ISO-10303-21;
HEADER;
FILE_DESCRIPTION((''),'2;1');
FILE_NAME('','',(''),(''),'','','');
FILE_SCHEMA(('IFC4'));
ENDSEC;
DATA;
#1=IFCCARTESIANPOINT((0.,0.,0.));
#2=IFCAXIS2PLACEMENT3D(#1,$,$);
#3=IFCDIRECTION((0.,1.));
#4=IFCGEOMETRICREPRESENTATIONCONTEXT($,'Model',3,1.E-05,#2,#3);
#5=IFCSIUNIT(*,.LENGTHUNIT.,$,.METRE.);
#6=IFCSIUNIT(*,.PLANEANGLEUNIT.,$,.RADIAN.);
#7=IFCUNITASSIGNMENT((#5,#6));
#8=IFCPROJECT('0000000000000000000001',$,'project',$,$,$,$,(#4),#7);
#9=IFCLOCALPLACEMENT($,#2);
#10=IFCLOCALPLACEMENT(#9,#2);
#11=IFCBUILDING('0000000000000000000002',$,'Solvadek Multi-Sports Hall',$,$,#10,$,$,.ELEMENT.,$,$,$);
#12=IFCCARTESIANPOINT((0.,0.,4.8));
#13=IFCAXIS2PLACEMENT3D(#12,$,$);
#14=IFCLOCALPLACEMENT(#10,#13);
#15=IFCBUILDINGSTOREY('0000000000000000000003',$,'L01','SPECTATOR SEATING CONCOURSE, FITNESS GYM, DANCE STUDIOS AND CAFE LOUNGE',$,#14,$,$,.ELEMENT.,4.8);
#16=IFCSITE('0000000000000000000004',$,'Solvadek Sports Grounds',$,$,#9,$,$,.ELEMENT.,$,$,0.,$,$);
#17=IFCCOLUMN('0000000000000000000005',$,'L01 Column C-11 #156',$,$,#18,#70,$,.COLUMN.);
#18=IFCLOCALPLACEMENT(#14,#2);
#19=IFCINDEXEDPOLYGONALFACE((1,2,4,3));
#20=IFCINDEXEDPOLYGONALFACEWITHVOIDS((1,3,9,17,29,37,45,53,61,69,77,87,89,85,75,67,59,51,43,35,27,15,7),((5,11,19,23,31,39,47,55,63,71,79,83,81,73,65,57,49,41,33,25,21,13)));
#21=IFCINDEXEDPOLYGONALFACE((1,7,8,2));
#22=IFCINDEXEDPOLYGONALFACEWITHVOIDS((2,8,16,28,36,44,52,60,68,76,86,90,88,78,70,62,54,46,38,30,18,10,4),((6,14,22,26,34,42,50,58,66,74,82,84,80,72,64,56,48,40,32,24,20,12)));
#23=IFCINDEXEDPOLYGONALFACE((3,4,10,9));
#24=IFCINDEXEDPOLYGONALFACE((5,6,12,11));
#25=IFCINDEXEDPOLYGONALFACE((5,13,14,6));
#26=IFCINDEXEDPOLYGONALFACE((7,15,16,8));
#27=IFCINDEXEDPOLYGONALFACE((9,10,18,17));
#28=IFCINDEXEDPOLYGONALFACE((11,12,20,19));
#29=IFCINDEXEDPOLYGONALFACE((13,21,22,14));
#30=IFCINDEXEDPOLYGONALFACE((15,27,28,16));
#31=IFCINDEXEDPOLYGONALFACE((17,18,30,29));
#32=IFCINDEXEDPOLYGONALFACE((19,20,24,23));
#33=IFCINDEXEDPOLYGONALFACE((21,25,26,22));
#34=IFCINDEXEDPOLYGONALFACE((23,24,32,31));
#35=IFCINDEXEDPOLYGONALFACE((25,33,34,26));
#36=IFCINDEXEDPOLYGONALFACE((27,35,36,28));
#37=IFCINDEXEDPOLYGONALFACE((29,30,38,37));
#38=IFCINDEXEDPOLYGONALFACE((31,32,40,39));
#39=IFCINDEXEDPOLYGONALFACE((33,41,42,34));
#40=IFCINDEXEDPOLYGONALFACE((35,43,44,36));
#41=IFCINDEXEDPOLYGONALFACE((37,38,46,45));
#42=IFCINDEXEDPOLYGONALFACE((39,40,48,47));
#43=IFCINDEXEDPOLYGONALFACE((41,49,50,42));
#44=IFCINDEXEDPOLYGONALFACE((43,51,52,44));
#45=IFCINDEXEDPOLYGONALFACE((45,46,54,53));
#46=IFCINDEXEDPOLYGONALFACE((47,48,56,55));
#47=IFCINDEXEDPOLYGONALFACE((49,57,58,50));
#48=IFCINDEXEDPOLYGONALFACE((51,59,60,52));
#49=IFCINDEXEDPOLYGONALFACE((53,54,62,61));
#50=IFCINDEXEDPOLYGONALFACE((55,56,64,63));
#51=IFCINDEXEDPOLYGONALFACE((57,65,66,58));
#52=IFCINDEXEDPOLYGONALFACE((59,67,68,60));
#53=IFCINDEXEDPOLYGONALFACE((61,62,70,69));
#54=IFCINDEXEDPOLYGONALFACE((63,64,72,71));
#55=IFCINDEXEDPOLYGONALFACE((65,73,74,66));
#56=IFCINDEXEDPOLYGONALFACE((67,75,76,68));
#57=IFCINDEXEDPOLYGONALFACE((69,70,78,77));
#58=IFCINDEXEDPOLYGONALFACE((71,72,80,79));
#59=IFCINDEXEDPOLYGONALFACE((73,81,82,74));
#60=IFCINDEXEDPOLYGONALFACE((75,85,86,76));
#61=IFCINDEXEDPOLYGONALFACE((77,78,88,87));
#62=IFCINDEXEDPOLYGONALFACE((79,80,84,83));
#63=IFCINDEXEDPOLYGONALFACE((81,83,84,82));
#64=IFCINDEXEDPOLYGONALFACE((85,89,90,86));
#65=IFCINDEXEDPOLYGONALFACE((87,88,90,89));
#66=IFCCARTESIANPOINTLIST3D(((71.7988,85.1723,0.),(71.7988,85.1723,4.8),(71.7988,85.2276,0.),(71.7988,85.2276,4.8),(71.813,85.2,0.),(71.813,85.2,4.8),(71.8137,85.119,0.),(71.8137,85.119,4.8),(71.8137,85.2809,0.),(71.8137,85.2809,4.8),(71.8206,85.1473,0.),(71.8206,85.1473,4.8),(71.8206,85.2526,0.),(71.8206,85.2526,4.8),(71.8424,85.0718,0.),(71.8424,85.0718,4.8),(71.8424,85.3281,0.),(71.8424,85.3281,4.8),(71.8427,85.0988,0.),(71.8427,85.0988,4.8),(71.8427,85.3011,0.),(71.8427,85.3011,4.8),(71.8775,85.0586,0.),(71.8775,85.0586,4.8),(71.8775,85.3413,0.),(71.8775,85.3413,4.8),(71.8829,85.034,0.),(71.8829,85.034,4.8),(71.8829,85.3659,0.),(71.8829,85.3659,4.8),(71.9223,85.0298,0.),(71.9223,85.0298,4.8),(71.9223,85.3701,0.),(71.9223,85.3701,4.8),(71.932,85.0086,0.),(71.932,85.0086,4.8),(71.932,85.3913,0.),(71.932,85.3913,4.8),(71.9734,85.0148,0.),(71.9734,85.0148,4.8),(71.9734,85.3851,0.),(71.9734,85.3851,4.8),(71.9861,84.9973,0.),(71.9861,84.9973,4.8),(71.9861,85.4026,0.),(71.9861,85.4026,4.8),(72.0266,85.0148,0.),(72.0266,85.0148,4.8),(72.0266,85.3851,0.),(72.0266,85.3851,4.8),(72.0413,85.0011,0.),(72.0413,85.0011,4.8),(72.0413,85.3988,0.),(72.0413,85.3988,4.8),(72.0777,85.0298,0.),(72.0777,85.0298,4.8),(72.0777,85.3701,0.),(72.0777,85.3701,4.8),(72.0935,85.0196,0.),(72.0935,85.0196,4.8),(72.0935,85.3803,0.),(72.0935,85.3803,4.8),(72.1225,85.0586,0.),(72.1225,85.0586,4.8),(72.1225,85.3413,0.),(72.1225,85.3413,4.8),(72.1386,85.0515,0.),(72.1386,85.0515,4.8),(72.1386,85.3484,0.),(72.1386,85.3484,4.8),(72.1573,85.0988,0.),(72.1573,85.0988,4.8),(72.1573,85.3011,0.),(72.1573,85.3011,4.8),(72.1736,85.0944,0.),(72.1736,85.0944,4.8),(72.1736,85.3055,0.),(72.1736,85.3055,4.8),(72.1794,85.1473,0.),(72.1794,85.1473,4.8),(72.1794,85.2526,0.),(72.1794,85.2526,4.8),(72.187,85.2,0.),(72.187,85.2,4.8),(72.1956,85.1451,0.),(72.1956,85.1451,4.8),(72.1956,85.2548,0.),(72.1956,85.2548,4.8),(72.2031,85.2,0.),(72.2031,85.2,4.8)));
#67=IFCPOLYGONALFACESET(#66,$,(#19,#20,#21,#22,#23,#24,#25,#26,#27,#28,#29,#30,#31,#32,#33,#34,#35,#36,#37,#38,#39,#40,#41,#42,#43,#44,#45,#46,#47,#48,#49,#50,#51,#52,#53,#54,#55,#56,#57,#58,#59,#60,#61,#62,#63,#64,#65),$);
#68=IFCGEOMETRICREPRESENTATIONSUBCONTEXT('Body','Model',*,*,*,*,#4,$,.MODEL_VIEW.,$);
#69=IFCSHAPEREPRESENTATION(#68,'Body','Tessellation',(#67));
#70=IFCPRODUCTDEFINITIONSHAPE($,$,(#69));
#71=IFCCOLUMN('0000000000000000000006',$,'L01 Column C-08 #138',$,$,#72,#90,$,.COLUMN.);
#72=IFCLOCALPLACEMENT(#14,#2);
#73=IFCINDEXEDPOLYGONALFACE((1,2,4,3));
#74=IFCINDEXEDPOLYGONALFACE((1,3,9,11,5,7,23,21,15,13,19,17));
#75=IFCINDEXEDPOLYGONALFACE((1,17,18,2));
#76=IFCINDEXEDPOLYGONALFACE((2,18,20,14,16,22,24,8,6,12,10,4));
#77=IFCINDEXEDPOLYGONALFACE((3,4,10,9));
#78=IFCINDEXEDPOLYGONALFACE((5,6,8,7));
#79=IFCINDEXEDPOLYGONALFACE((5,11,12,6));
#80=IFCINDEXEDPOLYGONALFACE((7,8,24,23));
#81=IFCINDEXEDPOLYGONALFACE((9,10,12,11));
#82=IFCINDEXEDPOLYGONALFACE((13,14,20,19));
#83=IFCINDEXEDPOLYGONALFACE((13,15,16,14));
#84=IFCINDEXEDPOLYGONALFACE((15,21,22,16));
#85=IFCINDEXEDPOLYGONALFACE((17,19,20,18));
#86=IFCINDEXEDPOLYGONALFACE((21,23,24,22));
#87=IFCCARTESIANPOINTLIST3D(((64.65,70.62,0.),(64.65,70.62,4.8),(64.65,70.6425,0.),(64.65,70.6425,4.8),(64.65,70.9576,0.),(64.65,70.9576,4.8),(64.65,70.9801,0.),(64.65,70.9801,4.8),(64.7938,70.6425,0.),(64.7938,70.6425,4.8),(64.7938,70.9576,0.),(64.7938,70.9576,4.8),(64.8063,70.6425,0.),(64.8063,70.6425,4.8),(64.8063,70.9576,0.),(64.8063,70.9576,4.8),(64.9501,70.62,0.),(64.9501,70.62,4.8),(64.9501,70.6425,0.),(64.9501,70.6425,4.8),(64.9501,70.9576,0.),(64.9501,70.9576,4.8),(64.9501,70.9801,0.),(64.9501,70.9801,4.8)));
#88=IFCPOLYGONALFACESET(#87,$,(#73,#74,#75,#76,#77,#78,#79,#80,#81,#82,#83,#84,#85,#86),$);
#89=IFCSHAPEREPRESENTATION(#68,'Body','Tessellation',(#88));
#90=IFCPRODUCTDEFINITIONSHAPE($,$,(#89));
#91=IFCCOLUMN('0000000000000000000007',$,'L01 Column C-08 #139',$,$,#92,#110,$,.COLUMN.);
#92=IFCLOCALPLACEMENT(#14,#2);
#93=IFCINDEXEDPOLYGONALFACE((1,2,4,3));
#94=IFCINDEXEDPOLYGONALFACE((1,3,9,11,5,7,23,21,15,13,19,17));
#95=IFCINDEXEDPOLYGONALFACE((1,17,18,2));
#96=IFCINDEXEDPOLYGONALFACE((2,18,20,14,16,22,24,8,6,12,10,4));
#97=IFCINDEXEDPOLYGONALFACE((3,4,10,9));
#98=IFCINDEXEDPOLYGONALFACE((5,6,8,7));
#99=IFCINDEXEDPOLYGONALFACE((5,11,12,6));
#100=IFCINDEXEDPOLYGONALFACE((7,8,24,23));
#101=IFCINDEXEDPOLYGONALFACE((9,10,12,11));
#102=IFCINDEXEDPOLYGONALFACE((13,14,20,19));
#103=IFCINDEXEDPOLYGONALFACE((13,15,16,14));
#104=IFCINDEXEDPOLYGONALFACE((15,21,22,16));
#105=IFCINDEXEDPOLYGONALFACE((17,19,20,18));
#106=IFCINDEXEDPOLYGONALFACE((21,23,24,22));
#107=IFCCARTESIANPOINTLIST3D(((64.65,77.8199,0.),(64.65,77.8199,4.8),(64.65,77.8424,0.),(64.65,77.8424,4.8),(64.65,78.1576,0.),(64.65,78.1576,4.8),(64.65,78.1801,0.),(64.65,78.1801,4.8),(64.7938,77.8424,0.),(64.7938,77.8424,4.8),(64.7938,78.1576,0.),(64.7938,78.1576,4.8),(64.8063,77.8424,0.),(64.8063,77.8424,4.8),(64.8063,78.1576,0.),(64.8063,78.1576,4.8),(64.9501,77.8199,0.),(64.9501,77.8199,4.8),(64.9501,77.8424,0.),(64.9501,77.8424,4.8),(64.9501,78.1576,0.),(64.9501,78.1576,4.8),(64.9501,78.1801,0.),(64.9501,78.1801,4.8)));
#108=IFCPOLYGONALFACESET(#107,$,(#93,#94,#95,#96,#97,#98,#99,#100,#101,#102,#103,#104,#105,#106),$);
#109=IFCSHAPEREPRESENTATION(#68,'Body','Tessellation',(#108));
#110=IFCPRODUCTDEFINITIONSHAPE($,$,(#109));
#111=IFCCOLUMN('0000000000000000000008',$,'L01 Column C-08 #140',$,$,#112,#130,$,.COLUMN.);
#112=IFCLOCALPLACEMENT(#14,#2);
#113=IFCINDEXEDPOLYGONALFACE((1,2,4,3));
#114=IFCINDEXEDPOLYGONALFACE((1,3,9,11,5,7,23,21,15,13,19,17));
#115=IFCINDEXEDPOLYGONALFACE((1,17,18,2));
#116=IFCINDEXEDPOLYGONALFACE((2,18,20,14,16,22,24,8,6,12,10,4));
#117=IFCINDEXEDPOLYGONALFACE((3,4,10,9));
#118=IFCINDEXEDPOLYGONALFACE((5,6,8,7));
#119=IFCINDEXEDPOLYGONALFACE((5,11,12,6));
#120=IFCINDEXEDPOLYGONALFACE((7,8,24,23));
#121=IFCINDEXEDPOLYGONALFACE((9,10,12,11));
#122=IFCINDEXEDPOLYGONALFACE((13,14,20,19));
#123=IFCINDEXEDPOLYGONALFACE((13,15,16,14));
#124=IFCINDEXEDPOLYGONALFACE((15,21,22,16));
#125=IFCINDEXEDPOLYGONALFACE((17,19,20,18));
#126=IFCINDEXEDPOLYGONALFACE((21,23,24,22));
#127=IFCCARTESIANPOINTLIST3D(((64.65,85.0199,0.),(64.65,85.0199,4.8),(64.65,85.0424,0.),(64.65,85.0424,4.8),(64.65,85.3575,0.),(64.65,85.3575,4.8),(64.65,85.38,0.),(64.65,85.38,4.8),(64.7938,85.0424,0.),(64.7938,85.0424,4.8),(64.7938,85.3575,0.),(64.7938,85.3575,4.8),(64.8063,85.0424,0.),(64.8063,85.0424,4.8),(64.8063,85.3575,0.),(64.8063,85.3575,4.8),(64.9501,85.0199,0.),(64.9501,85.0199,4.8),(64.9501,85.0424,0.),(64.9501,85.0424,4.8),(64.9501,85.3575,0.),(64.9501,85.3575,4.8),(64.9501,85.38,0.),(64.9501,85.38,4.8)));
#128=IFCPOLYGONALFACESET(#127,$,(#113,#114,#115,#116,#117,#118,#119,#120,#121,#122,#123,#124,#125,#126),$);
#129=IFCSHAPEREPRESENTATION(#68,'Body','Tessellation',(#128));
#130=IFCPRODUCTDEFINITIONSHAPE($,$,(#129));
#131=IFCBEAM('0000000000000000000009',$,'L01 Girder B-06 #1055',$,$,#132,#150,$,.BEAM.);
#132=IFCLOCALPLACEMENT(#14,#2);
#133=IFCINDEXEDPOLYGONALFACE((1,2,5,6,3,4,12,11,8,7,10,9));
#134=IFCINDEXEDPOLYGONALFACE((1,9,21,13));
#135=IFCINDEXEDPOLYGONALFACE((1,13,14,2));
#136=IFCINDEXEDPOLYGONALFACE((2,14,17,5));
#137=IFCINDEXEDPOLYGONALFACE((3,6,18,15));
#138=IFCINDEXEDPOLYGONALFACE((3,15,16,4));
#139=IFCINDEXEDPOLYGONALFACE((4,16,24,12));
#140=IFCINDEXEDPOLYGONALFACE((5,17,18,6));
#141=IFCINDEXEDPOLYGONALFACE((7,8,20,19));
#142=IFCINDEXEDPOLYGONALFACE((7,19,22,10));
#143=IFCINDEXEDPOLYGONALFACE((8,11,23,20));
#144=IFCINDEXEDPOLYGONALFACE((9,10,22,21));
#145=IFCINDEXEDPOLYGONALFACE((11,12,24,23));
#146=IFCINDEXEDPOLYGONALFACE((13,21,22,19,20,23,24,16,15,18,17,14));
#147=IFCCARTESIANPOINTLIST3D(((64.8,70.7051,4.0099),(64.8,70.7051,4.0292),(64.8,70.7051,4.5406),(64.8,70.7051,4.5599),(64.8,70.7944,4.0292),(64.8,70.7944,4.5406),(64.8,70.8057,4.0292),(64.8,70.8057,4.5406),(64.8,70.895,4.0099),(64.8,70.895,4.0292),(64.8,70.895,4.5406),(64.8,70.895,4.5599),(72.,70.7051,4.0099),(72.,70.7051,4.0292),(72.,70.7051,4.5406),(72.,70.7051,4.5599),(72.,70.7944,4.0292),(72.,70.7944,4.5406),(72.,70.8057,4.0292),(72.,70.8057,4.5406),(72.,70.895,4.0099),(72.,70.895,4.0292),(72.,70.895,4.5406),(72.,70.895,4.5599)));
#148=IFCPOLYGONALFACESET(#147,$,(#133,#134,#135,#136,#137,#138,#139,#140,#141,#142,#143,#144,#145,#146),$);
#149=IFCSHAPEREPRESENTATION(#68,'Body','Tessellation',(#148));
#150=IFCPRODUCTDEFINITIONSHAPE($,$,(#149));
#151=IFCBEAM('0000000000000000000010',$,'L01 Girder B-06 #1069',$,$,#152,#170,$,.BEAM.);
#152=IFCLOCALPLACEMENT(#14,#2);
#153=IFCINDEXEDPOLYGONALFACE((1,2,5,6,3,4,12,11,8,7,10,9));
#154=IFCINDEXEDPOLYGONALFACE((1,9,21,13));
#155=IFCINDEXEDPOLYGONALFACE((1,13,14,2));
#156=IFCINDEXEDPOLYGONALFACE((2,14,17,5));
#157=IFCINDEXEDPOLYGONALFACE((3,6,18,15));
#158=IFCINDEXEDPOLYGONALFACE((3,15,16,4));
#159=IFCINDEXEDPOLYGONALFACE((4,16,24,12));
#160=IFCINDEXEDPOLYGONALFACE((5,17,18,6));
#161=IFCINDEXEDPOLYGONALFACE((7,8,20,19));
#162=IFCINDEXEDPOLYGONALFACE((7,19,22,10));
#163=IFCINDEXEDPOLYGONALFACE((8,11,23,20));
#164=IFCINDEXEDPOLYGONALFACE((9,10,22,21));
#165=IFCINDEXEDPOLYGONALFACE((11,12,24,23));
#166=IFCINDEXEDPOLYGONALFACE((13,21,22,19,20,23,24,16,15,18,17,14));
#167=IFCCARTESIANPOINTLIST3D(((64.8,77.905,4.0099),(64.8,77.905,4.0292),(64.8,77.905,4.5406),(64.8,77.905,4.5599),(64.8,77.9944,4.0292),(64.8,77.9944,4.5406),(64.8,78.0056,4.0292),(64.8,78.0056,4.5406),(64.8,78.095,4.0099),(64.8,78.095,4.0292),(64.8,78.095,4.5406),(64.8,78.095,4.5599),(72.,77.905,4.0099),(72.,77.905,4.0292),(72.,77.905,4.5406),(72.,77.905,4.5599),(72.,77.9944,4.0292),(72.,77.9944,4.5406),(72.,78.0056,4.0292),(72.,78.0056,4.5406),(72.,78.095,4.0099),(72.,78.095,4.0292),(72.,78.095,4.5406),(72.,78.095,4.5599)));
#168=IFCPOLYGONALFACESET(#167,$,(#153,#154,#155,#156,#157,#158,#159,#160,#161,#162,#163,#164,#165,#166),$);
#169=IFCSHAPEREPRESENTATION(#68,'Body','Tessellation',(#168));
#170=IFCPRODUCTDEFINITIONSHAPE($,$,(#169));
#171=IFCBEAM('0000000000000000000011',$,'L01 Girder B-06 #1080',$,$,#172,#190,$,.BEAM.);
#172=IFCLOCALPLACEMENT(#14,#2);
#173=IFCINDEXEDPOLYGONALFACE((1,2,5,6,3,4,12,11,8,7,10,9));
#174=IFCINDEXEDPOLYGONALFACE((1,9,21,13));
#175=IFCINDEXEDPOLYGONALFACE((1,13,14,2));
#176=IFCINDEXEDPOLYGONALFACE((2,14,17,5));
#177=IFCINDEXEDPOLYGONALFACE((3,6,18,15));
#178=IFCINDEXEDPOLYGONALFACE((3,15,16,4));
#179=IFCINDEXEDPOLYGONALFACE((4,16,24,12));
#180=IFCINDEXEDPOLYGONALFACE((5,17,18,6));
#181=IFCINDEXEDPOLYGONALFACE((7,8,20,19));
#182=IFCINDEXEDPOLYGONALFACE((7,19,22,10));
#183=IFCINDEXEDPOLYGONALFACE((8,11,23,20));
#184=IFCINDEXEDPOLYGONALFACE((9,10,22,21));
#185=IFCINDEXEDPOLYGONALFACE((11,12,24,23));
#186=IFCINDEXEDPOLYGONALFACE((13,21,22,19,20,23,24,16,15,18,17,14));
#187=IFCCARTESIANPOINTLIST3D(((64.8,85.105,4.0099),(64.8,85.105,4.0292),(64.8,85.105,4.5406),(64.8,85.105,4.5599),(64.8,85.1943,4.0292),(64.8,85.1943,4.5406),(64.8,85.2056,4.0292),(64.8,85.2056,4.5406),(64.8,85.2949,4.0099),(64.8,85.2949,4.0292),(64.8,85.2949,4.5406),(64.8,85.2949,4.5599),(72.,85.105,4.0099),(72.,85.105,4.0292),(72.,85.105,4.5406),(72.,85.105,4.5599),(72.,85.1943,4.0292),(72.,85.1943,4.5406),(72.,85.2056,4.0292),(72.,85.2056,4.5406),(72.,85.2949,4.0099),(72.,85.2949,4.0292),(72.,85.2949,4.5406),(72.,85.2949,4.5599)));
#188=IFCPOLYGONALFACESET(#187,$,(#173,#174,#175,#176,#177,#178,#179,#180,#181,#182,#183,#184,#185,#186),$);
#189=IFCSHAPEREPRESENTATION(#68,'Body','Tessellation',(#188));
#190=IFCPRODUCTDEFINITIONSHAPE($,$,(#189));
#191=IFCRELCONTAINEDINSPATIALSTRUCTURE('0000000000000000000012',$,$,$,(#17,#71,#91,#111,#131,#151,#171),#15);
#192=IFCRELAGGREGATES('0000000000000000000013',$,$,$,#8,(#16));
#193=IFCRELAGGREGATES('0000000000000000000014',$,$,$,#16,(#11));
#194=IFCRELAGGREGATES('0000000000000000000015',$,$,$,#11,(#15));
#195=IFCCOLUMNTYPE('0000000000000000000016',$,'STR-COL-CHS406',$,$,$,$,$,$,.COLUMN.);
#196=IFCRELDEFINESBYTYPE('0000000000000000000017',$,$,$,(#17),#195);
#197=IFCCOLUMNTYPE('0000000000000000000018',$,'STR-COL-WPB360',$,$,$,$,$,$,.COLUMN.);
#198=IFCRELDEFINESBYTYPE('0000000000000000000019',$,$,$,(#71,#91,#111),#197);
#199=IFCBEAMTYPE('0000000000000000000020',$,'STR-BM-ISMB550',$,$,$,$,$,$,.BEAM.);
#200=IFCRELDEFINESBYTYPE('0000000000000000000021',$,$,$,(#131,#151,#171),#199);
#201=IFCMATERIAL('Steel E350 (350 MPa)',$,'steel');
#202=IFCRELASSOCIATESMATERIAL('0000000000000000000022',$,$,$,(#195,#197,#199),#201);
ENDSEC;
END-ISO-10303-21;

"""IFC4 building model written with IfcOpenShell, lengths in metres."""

from ifc_helpers import new_model, si_unit, direction, frame, origin, origin_2d, place, context, subcontext, project, spatial, hollow_circle, i_section, extrude, material, material_profile, profile_set, type_object, element, save


model = new_model("IFC4")

# Units and contexts
model_context = context("Model", 3, precision=1e-05, world=origin(), true_north=direction((0.0, 1.0)))
body_context = subcontext(model_context, "Body", "Model", "MODEL_VIEW")
ifc_project = project(units=[si_unit("LENGTHUNIT", "METRE"), si_unit("PLANEANGLEUNIT", "RADIAN")], contexts=[model_context])

# Site, building, storey
site_placement = place(None, origin())
site = spatial("IfcSite", under=ifc_project, at=site_placement, Name="Solvadek Sports Grounds", CompositionType="ELEMENT", RefElevation=0.0)
building_placement = place(site_placement, origin())
building = spatial("IfcBuilding", under=site, at=building_placement, Name="Solvadek Multi-Sports Hall", CompositionType="ELEMENT")
storey_placement = place(building_placement, frame((0.0, 0.0, 4.8)))
storey = spatial("IfcBuildingStorey", under=building, at=storey_placement, Name="L01", Description="SPECTATOR SEATING CONCOURSE, FITNESS GYM, DANCE STUDIOS AND CAFE LOUNGE", CompositionType="ELEMENT", Elevation=4.8)

# Columns
ifc_material_1 = material(Name="Steel E350 (350 MPa)", Category="steel")
ifc_material_profile_1 = material_profile(ifc_material_1, hollow_circle(Radius=0.2031, WallThickness=0.0161, at=origin_2d()), Name="CHS 406.4x16")
ifc_profile_set_1 = profile_set([ifc_material_profile_1], Name="Steel E350 (350 MPa)")
column_type_1 = type_object("IfcColumnType", Name="STR-COL-CHS406", PredefinedType="COLUMN", material=ifc_profile_set_1)
for number, where, z_axis, x_axis, name in (
    (1, (72.0, 85.2, 0.0), (0.0, 0.0, 1.0), (1.0, 0.0, 0.0), "L01 Column C-11 #156"),
):
    element("IfcColumn", number, at=place(storey_placement, frame(where, z_axis=z_axis, x_axis=x_axis)), inside=storey, type_object=column_type_1, Name=name, PredefinedType="COLUMN", context=body_context, shape_type="SweptSolid", body=[
        extrude(hollow_circle(Radius=0.2031, WallThickness=0.0161, at=origin_2d()), origin(), (0.0, 0.0, 1.0), 4.8),
    ])
ifc_material_profile_2 = material_profile(ifc_material_1, i_section(OverallWidth=0.3, OverallDepth=0.3601, WebThickness=0.0125, FlangeThickness=0.0225, at=origin_2d()), Name="WPB 360")
ifc_profile_set_2 = profile_set([ifc_material_profile_2], Name="Steel E350 (350 MPa)")
column_type_2 = type_object("IfcColumnType", Name="STR-COL-WPB360", PredefinedType="COLUMN", material=ifc_profile_set_2)
for number, where, z_axis, x_axis, name in (
    (2, (64.8, 70.8, 0.0), (0.0, 0.0, 1.0), (1.0, 0.0, 0.0), "L01 Column C-08 #138"),
    (3, (64.8, 78.0, 0.0), (0.0, 0.0, 1.0), (1.0, 0.0, 0.0), "L01 Column C-08 #139"),
    (4, (64.8, 85.2, 0.0), (0.0, 0.0, 1.0), (1.0, 0.0, 0.0), "L01 Column C-08 #140"),
):
    element("IfcColumn", number, at=place(storey_placement, frame(where, z_axis=z_axis, x_axis=x_axis)), inside=storey, type_object=column_type_2, Name=name, PredefinedType="COLUMN", context=body_context, shape_type="SweptSolid", body=[
        extrude(i_section(OverallWidth=0.3, OverallDepth=0.3601, WebThickness=0.0125, FlangeThickness=0.0225, at=origin_2d()), origin(), (0.0, 0.0, 1.0), 4.8),
    ])

# Beams
ifc_material_profile_3 = material_profile(ifc_material_1, i_section(OverallWidth=0.1899, OverallDepth=0.55, WebThickness=0.0112, FlangeThickness=0.0193, at=origin_2d()), Name="ISMB 550")
ifc_profile_set_3 = profile_set([ifc_material_profile_3], Name="Steel E350 (350 MPa)")
beam_type_1 = type_object("IfcBeamType", Name="STR-BM-ISMB550", PredefinedType="BEAM", material=ifc_profile_set_3)
for number, where, z_axis, x_axis, name in (
    (5, (64.8, 70.8, 4.2849), (1.0, 0.0, 0.0), (0.0, 1.0, 0.0), "L01 Girder B-06 #1055"),
    (6, (64.8, 78.0, 4.2849), (1.0, 0.0, 0.0), (0.0, 1.0, 0.0), "L01 Girder B-06 #1069"),
    (7, (64.8, 85.2, 4.2849), (1.0, 0.0, 0.0), (0.0, 1.0, 0.0), "L01 Girder B-06 #1080"),
):
    element("IfcBeam", number, at=place(storey_placement, frame(where, z_axis=z_axis, x_axis=x_axis)), inside=storey, type_object=beam_type_1, Name=name, PredefinedType="BEAM", context=body_context, shape_type="SweptSolid", body=[
        extrude(i_section(OverallWidth=0.1899, OverallDepth=0.55, WebThickness=0.0112, FlangeThickness=0.0193, at=origin_2d()), origin(), (0.0, 0.0, 1.0), 7.2),
    ])

save(model, "model.ifc")
